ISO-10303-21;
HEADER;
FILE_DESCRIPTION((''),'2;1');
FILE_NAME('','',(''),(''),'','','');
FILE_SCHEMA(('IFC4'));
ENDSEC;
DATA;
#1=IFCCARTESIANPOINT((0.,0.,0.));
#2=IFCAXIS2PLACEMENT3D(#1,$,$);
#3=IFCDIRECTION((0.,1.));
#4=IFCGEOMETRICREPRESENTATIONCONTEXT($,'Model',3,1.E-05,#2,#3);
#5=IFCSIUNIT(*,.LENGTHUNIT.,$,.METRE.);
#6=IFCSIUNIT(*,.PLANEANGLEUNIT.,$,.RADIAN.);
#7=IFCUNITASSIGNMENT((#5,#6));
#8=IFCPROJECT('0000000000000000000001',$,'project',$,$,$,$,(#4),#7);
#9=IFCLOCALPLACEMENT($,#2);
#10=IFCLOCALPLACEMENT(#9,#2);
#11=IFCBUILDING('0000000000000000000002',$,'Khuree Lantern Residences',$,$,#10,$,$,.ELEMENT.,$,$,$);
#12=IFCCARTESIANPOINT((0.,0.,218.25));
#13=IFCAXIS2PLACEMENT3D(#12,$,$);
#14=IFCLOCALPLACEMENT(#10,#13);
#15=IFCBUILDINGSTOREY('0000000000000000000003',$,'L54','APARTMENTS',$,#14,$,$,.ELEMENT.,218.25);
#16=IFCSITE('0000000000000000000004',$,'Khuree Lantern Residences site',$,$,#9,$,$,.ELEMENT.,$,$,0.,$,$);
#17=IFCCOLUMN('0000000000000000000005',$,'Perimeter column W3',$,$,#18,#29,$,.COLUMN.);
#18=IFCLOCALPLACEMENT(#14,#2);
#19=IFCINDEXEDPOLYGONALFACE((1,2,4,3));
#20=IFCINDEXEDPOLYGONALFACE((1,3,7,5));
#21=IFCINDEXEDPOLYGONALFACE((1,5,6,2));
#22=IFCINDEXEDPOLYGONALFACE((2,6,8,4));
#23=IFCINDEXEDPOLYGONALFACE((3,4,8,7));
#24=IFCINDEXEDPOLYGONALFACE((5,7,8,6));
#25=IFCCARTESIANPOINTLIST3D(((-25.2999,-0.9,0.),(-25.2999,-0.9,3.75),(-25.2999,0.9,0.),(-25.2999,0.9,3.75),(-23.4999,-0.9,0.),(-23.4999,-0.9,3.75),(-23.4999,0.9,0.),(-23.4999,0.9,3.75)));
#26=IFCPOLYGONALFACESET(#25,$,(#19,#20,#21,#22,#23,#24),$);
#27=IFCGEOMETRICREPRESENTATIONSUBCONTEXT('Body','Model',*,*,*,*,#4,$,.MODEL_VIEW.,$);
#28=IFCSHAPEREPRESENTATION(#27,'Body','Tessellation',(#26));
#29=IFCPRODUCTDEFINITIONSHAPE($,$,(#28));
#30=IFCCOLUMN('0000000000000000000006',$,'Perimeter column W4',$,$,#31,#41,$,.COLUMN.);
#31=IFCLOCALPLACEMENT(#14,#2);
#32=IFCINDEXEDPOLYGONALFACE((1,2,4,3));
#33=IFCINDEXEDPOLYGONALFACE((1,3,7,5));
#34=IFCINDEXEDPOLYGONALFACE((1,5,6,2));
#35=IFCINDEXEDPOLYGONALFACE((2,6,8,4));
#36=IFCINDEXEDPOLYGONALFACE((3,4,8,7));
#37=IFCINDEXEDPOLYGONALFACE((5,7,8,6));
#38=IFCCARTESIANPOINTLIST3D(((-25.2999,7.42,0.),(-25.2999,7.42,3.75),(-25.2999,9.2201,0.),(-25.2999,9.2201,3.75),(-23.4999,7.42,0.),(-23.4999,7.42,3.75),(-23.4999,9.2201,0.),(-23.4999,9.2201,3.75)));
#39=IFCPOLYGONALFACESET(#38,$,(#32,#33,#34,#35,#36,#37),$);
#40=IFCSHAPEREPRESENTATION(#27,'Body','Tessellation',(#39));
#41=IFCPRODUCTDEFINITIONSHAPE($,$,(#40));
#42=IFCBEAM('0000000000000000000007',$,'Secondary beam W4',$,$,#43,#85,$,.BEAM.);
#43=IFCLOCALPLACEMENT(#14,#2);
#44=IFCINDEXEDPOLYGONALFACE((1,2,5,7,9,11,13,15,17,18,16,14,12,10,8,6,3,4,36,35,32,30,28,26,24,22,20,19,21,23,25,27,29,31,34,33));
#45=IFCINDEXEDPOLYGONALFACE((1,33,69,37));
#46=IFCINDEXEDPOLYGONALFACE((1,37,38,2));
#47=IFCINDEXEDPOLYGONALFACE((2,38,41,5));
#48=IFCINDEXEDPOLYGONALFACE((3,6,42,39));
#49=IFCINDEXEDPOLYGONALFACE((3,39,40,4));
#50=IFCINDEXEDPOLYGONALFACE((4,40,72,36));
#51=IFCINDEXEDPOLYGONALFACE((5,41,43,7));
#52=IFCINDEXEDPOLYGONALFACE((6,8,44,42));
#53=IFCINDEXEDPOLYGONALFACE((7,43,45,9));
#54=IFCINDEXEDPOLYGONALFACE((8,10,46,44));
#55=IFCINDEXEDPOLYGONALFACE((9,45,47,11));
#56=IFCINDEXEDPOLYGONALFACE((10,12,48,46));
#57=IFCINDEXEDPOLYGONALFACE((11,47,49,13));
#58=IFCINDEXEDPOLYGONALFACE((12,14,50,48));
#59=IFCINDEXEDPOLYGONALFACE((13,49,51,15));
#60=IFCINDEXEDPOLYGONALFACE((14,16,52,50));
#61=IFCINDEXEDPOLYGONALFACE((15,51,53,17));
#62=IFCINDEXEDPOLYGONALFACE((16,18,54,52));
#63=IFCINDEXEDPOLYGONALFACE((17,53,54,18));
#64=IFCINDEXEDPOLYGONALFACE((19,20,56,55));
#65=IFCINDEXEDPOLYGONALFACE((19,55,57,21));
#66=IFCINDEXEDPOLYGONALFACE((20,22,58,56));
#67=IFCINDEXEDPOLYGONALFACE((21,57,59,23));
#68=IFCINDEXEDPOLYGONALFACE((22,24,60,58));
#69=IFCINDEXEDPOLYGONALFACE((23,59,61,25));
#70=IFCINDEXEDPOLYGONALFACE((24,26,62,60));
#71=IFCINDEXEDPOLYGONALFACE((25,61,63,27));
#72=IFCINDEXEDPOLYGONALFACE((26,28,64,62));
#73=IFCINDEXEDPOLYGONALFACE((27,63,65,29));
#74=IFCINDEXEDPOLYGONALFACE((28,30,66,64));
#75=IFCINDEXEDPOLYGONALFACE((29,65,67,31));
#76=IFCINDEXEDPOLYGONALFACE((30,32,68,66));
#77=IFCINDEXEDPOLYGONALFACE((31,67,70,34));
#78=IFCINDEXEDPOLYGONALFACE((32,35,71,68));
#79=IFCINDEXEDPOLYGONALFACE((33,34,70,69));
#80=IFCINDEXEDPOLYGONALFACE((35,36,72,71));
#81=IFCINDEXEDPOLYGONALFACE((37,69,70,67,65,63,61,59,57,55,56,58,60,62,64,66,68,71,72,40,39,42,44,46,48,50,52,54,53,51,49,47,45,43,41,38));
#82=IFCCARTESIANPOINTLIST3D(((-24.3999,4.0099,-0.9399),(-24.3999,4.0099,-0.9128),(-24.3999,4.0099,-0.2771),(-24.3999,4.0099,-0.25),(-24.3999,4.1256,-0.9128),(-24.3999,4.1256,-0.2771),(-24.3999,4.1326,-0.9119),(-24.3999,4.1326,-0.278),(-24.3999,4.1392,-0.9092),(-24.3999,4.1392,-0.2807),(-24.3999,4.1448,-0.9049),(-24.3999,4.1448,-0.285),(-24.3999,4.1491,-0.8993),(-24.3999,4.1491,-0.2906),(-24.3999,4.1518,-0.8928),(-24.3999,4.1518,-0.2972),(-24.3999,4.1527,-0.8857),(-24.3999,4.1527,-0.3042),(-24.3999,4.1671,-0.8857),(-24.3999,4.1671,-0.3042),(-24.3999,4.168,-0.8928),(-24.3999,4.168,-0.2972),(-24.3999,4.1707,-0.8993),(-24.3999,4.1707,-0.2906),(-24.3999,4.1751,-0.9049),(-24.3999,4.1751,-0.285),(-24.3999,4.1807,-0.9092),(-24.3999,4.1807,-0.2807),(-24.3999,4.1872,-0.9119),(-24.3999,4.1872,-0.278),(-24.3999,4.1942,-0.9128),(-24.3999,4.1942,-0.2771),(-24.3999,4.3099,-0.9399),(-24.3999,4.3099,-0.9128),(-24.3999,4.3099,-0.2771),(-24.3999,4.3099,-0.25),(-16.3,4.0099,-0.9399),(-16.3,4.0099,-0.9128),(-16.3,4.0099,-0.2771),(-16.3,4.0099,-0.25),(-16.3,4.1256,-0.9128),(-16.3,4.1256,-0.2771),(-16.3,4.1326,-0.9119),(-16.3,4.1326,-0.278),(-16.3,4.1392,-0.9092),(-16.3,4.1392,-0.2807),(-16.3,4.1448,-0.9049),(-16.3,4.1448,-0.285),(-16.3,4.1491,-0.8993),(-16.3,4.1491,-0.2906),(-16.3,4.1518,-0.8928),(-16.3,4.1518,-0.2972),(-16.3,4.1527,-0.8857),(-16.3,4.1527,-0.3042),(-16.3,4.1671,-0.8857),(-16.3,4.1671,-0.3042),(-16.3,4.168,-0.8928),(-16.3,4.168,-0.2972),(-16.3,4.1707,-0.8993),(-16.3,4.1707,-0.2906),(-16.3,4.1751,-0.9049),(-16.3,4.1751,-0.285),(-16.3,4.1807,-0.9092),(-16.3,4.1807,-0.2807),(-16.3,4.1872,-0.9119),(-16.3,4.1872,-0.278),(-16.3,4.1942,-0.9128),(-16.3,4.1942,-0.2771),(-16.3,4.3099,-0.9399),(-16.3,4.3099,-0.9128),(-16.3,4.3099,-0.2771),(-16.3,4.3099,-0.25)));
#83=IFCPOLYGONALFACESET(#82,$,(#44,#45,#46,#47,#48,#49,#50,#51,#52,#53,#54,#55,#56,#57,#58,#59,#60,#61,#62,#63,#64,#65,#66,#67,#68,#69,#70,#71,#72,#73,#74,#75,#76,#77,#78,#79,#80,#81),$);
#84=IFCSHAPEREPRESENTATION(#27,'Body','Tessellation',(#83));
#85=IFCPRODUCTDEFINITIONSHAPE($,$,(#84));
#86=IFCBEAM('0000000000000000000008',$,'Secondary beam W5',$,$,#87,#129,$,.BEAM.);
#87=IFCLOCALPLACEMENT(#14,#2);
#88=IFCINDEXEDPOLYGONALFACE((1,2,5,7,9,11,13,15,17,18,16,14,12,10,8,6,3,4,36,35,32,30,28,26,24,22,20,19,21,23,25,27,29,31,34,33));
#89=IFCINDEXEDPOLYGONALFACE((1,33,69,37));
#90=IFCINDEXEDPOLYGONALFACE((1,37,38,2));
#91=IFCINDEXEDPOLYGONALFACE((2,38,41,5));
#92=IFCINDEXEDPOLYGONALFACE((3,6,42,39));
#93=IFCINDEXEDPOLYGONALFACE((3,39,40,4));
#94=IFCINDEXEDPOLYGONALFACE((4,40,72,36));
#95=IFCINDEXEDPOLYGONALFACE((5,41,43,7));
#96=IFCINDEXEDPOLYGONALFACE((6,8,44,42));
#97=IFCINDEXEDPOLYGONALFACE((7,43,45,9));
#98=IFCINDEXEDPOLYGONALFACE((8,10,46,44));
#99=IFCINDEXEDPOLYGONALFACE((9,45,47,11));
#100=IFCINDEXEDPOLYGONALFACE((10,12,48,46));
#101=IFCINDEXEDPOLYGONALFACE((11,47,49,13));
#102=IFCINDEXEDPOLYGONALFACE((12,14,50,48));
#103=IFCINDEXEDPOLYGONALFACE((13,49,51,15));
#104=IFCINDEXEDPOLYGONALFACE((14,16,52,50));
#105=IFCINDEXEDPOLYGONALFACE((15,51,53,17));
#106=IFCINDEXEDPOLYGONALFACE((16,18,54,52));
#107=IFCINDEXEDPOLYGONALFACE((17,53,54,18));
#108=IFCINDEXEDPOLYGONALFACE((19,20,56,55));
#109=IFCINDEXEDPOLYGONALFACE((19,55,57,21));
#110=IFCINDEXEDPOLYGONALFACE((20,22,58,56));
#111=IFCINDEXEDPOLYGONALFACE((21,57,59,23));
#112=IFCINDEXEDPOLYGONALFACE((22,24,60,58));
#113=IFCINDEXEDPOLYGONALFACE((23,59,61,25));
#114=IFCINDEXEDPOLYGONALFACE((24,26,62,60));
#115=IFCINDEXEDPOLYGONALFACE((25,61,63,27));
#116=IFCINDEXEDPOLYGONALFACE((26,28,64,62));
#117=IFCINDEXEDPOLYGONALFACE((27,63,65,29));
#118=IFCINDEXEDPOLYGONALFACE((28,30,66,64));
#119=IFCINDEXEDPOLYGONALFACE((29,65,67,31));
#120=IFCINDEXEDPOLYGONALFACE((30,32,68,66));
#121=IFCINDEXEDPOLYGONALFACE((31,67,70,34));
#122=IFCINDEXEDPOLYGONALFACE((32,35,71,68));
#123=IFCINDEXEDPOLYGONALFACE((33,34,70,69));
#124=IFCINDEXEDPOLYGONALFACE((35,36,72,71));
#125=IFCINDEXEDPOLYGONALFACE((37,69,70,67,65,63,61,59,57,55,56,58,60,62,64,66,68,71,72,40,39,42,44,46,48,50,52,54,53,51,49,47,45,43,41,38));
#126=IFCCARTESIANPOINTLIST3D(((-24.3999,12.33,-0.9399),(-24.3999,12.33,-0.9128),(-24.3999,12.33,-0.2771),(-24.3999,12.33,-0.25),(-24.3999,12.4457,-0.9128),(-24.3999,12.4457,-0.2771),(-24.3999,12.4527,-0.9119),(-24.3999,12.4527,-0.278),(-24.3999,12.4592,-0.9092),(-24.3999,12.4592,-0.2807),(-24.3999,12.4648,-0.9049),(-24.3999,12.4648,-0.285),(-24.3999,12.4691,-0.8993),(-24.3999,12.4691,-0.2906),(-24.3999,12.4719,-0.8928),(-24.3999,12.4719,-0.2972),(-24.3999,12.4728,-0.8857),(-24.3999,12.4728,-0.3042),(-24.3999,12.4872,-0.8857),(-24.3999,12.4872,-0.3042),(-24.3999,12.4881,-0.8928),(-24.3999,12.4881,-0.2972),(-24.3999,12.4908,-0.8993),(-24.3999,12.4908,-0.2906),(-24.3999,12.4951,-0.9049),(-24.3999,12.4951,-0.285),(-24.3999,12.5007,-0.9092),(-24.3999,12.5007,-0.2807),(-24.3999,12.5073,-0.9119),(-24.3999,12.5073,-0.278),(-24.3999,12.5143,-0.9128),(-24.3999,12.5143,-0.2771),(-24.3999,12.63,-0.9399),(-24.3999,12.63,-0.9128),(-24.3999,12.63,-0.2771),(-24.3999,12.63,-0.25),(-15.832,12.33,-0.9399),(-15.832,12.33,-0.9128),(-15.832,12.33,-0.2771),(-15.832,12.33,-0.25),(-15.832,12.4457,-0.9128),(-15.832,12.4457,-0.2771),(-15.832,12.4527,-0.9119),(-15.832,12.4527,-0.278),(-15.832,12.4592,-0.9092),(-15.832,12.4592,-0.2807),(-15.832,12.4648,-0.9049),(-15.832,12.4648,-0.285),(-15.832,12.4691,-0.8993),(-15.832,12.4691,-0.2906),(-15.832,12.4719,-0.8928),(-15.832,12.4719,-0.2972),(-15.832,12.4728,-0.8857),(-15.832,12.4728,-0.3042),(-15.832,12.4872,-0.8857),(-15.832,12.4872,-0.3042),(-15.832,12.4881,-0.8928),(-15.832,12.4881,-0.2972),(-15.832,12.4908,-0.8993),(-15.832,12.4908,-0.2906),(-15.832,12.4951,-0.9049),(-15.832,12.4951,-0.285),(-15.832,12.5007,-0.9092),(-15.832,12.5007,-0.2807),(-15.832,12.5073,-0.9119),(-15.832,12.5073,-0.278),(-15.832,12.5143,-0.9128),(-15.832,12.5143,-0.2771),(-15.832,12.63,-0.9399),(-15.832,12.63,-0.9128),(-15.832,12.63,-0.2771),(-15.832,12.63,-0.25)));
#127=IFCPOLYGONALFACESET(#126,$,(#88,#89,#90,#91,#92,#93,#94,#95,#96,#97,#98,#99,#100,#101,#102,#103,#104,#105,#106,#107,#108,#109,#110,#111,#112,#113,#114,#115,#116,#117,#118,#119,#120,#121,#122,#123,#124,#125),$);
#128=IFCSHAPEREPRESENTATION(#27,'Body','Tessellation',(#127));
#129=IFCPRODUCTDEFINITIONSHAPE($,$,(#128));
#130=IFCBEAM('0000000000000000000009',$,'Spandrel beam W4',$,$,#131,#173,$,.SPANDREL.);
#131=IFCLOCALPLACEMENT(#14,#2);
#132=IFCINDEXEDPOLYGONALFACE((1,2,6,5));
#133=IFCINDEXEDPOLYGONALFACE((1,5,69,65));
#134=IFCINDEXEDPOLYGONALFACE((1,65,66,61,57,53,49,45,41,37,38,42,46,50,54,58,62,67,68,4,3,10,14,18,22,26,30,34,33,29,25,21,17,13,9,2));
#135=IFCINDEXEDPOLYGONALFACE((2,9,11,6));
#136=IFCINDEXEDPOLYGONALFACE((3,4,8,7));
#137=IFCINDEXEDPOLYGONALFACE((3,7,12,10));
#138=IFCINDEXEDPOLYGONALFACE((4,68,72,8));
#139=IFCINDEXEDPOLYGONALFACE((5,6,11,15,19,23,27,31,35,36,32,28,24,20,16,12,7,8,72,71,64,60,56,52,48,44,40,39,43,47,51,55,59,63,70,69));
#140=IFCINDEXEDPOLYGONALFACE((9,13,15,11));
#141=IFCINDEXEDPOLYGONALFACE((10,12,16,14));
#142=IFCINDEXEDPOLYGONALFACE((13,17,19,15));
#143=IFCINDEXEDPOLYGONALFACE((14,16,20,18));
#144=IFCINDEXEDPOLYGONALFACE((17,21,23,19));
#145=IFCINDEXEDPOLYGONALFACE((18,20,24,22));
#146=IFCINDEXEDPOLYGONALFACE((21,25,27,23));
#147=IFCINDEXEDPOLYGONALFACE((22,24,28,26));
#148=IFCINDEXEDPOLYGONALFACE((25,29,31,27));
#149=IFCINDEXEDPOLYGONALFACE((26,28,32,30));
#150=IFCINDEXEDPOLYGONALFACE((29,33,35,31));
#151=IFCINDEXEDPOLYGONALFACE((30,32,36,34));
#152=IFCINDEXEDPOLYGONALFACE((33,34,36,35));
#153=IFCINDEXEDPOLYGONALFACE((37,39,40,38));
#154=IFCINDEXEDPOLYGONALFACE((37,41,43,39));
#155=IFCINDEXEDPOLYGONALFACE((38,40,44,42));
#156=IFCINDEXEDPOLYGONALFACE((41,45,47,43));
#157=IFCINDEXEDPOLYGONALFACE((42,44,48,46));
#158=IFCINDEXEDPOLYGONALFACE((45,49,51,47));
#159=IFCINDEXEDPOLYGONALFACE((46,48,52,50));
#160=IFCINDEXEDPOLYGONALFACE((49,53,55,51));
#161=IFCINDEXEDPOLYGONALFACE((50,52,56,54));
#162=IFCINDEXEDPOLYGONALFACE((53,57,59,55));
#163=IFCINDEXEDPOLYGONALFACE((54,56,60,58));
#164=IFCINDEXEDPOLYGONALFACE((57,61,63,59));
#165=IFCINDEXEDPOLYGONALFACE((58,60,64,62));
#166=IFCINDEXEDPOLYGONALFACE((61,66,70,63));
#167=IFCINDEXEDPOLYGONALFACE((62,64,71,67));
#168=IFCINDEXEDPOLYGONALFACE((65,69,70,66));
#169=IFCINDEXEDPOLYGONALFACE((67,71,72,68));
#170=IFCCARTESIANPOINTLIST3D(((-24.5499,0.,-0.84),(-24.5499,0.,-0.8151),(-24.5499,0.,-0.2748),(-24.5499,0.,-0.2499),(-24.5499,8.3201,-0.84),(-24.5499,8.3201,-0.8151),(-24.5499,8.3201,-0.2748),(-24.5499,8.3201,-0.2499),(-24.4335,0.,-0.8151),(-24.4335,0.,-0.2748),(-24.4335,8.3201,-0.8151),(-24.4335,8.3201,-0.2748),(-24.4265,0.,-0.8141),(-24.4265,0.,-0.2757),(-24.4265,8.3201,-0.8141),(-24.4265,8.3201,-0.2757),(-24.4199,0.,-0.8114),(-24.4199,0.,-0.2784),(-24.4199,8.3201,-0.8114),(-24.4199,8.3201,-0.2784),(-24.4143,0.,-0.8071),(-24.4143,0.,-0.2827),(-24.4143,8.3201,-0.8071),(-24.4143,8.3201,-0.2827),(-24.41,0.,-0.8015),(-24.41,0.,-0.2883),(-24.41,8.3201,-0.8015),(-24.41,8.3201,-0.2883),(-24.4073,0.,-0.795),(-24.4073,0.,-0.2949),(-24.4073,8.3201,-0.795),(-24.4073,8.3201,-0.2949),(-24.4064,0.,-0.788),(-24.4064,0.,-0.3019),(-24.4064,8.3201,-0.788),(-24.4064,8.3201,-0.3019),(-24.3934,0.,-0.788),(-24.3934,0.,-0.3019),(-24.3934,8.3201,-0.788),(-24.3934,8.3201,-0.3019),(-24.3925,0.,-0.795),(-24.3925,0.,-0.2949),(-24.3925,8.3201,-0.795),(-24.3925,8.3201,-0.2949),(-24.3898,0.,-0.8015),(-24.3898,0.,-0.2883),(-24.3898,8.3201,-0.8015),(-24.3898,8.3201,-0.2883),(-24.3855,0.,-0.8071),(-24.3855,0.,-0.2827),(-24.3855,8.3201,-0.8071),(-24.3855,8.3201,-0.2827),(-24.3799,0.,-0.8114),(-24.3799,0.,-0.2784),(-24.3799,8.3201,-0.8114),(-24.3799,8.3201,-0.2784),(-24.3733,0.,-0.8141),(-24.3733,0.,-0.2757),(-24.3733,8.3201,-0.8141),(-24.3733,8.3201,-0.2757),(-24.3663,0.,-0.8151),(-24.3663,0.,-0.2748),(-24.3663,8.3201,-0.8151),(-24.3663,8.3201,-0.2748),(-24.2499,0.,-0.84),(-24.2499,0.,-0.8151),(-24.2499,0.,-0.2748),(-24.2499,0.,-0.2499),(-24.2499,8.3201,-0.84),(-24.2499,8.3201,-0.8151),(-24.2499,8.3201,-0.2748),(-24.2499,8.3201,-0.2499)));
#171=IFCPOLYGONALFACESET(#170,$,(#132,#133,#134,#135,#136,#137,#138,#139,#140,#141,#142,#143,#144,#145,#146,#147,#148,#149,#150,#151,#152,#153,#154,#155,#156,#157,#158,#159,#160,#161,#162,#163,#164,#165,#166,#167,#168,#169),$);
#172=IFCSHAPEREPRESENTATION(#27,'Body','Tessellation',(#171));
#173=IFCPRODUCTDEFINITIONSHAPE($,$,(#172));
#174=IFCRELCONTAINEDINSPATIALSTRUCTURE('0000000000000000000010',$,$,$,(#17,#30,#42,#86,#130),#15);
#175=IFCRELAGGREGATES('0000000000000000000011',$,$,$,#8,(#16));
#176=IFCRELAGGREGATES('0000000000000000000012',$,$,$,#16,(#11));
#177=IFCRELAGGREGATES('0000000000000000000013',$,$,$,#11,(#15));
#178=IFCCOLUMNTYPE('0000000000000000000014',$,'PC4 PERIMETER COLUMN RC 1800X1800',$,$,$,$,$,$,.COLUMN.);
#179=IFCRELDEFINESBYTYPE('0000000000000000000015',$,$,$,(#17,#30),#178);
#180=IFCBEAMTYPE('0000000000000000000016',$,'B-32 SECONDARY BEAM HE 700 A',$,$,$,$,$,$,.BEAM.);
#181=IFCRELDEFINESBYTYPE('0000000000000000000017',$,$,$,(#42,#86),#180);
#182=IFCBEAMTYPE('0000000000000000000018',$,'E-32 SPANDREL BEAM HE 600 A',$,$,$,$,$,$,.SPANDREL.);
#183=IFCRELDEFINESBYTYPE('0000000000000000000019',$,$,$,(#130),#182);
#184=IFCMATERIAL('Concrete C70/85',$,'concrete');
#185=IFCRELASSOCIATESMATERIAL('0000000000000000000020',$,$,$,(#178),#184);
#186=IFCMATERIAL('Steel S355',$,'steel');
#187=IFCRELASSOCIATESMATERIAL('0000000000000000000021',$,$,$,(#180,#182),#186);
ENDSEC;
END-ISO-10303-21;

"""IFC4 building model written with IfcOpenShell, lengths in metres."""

from ifc_helpers import new_model, si_unit, direction, frame, origin, origin_2d, place, context, subcontext, project, spatial, rectangle, i_section, extrude, material, material_profile, profile_set, type_object, element, save


model = new_model("IFC4")

# Units and contexts
model_context = context("Model", 3, precision=1e-05, world=origin(), true_north=direction((0.0, 1.0)))
body_context = subcontext(model_context, "Body", "Model", "MODEL_VIEW")
ifc_project = project(units=[si_unit("LENGTHUNIT", "METRE"), si_unit("PLANEANGLEUNIT", "RADIAN")], contexts=[model_context])

# Site, building, storey
site_placement = place(None, origin())
site = spatial("IfcSite", under=ifc_project, at=site_placement, Name="Khuree Lantern Residences site", CompositionType="ELEMENT", RefElevation=0.0)
building_placement = place(site_placement, origin())
building = spatial("IfcBuilding", under=site, at=building_placement, Name="Khuree Lantern Residences", CompositionType="ELEMENT")
storey_placement = place(building_placement, frame((0.0, 0.0, 218.25)))
storey = spatial("IfcBuildingStorey", under=building, at=storey_placement, Name="L54", Description="APARTMENTS", CompositionType="ELEMENT", Elevation=218.25)

# Columns
ifc_material_1 = material(Name="Concrete C70/85", Category="concrete")
ifc_material_profile_1 = material_profile(ifc_material_1, rectangle(XDim=1.8, YDim=1.8, at=origin_2d()), Name="RC 1800X1800")
ifc_profile_set_1 = profile_set([ifc_material_profile_1], Name="Concrete C70/85")
column_type = type_object("IfcColumnType", Name="PC4 PERIMETER COLUMN RC 1800X1800", PredefinedType="COLUMN", material=ifc_profile_set_1)
for number, where, z_axis, x_axis, name in (
    (1, (-24.3999, 0.0, 0.0), (0.0, 0.0, 1.0), (0.0, 1.0, 0.0), "Perimeter column W3"),
    (2, (-24.3999, 8.3201, 0.0), (0.0, 0.0, 1.0), (0.0, 1.0, 0.0), "Perimeter column W4"),
):
    element("IfcColumn", number, at=place(storey_placement, frame(where, z_axis=z_axis, x_axis=x_axis)), inside=storey, type_object=column_type, Name=name, PredefinedType="COLUMN", context=body_context, shape_type="SweptSolid", body=[
        extrude(rectangle(XDim=1.8, YDim=1.8, at=origin_2d()), origin(), (0.0, 0.0, 1.0), 3.75),
    ])

# Beams
ifc_material_2 = material(Name="Steel S355", Category="steel")
ifc_material_profile_2 = material_profile(ifc_material_2, i_section(OverallWidth=0.3, OverallDepth=0.6899, WebThickness=0.0144, FlangeThickness=0.0271, FilletRadius=0.0271, at=origin_2d()), Name="HE 700 A")
ifc_profile_set_2 = profile_set([ifc_material_profile_2], Name="Steel S355")
beam_type_1 = type_object("IfcBeamType", Name="B-32 SECONDARY BEAM HE 700 A", PredefinedType="BEAM", material=ifc_profile_set_2)
beam_1_placement = place(storey_placement, frame((-24.3999, 4.1599, -0.595), z_axis=(1.0, 0.0, 0.0), x_axis=(0.0, 1.0, 0.0)))
element("IfcBeam", 3, at=beam_1_placement, inside=storey, type_object=beam_type_1, Name="Secondary beam W4", PredefinedType="BEAM", context=body_context, shape_type="SweptSolid", body=[
    extrude(i_section(OverallWidth=0.3, OverallDepth=0.6899, WebThickness=0.0144, FlangeThickness=0.0271, FilletRadius=0.0271, at=origin_2d()), origin(), (0.0, 0.0, 1.0), 8.0999),
])
beam_2_placement = place(storey_placement, frame((-24.3999, 12.48, -0.595), z_axis=(1.0, 0.0, 0.0), x_axis=(0.0, 1.0, 0.0)))
element("IfcBeam", 4, at=beam_2_placement, inside=storey, type_object=beam_type_1, Name="Secondary beam W5", PredefinedType="BEAM", context=body_context, shape_type="SweptSolid", body=[
    extrude(i_section(OverallWidth=0.3, OverallDepth=0.6899, WebThickness=0.0144, FlangeThickness=0.0271, FilletRadius=0.0271, at=origin_2d()), origin(), (0.0, 0.0, 1.0), 8.5679),
])
ifc_material_profile_3 = material_profile(ifc_material_2, i_section(OverallWidth=0.3, OverallDepth=0.5901, WebThickness=0.0129, FlangeThickness=0.0249, FilletRadius=0.0271, at=origin_2d()), Name="HE 600 A")
ifc_profile_set_3 = profile_set([ifc_material_profile_3], Name="Steel S355")
beam_type_2 = type_object("IfcBeamType", Name="E-32 SPANDREL BEAM HE 600 A", PredefinedType="SPANDREL", material=ifc_profile_set_3)
beam_3_placement = place(storey_placement, frame((-24.3999, 0.0, -0.5449), z_axis=(0.0, 1.0, 0.0), x_axis=(-1.0, 0.0, 0.0)))
element("IfcBeam", 5, at=beam_3_placement, inside=storey, type_object=beam_type_2, Name="Spandrel beam W4", PredefinedType="SPANDREL", context=body_context, shape_type="SweptSolid", body=[
    extrude(i_section(OverallWidth=0.3, OverallDepth=0.5901, WebThickness=0.0129, FlangeThickness=0.0249, FilletRadius=0.0271, at=origin_2d()), origin(), (0.0, 0.0, 1.0), 8.3201),
])

save(model, "model.ifc")
